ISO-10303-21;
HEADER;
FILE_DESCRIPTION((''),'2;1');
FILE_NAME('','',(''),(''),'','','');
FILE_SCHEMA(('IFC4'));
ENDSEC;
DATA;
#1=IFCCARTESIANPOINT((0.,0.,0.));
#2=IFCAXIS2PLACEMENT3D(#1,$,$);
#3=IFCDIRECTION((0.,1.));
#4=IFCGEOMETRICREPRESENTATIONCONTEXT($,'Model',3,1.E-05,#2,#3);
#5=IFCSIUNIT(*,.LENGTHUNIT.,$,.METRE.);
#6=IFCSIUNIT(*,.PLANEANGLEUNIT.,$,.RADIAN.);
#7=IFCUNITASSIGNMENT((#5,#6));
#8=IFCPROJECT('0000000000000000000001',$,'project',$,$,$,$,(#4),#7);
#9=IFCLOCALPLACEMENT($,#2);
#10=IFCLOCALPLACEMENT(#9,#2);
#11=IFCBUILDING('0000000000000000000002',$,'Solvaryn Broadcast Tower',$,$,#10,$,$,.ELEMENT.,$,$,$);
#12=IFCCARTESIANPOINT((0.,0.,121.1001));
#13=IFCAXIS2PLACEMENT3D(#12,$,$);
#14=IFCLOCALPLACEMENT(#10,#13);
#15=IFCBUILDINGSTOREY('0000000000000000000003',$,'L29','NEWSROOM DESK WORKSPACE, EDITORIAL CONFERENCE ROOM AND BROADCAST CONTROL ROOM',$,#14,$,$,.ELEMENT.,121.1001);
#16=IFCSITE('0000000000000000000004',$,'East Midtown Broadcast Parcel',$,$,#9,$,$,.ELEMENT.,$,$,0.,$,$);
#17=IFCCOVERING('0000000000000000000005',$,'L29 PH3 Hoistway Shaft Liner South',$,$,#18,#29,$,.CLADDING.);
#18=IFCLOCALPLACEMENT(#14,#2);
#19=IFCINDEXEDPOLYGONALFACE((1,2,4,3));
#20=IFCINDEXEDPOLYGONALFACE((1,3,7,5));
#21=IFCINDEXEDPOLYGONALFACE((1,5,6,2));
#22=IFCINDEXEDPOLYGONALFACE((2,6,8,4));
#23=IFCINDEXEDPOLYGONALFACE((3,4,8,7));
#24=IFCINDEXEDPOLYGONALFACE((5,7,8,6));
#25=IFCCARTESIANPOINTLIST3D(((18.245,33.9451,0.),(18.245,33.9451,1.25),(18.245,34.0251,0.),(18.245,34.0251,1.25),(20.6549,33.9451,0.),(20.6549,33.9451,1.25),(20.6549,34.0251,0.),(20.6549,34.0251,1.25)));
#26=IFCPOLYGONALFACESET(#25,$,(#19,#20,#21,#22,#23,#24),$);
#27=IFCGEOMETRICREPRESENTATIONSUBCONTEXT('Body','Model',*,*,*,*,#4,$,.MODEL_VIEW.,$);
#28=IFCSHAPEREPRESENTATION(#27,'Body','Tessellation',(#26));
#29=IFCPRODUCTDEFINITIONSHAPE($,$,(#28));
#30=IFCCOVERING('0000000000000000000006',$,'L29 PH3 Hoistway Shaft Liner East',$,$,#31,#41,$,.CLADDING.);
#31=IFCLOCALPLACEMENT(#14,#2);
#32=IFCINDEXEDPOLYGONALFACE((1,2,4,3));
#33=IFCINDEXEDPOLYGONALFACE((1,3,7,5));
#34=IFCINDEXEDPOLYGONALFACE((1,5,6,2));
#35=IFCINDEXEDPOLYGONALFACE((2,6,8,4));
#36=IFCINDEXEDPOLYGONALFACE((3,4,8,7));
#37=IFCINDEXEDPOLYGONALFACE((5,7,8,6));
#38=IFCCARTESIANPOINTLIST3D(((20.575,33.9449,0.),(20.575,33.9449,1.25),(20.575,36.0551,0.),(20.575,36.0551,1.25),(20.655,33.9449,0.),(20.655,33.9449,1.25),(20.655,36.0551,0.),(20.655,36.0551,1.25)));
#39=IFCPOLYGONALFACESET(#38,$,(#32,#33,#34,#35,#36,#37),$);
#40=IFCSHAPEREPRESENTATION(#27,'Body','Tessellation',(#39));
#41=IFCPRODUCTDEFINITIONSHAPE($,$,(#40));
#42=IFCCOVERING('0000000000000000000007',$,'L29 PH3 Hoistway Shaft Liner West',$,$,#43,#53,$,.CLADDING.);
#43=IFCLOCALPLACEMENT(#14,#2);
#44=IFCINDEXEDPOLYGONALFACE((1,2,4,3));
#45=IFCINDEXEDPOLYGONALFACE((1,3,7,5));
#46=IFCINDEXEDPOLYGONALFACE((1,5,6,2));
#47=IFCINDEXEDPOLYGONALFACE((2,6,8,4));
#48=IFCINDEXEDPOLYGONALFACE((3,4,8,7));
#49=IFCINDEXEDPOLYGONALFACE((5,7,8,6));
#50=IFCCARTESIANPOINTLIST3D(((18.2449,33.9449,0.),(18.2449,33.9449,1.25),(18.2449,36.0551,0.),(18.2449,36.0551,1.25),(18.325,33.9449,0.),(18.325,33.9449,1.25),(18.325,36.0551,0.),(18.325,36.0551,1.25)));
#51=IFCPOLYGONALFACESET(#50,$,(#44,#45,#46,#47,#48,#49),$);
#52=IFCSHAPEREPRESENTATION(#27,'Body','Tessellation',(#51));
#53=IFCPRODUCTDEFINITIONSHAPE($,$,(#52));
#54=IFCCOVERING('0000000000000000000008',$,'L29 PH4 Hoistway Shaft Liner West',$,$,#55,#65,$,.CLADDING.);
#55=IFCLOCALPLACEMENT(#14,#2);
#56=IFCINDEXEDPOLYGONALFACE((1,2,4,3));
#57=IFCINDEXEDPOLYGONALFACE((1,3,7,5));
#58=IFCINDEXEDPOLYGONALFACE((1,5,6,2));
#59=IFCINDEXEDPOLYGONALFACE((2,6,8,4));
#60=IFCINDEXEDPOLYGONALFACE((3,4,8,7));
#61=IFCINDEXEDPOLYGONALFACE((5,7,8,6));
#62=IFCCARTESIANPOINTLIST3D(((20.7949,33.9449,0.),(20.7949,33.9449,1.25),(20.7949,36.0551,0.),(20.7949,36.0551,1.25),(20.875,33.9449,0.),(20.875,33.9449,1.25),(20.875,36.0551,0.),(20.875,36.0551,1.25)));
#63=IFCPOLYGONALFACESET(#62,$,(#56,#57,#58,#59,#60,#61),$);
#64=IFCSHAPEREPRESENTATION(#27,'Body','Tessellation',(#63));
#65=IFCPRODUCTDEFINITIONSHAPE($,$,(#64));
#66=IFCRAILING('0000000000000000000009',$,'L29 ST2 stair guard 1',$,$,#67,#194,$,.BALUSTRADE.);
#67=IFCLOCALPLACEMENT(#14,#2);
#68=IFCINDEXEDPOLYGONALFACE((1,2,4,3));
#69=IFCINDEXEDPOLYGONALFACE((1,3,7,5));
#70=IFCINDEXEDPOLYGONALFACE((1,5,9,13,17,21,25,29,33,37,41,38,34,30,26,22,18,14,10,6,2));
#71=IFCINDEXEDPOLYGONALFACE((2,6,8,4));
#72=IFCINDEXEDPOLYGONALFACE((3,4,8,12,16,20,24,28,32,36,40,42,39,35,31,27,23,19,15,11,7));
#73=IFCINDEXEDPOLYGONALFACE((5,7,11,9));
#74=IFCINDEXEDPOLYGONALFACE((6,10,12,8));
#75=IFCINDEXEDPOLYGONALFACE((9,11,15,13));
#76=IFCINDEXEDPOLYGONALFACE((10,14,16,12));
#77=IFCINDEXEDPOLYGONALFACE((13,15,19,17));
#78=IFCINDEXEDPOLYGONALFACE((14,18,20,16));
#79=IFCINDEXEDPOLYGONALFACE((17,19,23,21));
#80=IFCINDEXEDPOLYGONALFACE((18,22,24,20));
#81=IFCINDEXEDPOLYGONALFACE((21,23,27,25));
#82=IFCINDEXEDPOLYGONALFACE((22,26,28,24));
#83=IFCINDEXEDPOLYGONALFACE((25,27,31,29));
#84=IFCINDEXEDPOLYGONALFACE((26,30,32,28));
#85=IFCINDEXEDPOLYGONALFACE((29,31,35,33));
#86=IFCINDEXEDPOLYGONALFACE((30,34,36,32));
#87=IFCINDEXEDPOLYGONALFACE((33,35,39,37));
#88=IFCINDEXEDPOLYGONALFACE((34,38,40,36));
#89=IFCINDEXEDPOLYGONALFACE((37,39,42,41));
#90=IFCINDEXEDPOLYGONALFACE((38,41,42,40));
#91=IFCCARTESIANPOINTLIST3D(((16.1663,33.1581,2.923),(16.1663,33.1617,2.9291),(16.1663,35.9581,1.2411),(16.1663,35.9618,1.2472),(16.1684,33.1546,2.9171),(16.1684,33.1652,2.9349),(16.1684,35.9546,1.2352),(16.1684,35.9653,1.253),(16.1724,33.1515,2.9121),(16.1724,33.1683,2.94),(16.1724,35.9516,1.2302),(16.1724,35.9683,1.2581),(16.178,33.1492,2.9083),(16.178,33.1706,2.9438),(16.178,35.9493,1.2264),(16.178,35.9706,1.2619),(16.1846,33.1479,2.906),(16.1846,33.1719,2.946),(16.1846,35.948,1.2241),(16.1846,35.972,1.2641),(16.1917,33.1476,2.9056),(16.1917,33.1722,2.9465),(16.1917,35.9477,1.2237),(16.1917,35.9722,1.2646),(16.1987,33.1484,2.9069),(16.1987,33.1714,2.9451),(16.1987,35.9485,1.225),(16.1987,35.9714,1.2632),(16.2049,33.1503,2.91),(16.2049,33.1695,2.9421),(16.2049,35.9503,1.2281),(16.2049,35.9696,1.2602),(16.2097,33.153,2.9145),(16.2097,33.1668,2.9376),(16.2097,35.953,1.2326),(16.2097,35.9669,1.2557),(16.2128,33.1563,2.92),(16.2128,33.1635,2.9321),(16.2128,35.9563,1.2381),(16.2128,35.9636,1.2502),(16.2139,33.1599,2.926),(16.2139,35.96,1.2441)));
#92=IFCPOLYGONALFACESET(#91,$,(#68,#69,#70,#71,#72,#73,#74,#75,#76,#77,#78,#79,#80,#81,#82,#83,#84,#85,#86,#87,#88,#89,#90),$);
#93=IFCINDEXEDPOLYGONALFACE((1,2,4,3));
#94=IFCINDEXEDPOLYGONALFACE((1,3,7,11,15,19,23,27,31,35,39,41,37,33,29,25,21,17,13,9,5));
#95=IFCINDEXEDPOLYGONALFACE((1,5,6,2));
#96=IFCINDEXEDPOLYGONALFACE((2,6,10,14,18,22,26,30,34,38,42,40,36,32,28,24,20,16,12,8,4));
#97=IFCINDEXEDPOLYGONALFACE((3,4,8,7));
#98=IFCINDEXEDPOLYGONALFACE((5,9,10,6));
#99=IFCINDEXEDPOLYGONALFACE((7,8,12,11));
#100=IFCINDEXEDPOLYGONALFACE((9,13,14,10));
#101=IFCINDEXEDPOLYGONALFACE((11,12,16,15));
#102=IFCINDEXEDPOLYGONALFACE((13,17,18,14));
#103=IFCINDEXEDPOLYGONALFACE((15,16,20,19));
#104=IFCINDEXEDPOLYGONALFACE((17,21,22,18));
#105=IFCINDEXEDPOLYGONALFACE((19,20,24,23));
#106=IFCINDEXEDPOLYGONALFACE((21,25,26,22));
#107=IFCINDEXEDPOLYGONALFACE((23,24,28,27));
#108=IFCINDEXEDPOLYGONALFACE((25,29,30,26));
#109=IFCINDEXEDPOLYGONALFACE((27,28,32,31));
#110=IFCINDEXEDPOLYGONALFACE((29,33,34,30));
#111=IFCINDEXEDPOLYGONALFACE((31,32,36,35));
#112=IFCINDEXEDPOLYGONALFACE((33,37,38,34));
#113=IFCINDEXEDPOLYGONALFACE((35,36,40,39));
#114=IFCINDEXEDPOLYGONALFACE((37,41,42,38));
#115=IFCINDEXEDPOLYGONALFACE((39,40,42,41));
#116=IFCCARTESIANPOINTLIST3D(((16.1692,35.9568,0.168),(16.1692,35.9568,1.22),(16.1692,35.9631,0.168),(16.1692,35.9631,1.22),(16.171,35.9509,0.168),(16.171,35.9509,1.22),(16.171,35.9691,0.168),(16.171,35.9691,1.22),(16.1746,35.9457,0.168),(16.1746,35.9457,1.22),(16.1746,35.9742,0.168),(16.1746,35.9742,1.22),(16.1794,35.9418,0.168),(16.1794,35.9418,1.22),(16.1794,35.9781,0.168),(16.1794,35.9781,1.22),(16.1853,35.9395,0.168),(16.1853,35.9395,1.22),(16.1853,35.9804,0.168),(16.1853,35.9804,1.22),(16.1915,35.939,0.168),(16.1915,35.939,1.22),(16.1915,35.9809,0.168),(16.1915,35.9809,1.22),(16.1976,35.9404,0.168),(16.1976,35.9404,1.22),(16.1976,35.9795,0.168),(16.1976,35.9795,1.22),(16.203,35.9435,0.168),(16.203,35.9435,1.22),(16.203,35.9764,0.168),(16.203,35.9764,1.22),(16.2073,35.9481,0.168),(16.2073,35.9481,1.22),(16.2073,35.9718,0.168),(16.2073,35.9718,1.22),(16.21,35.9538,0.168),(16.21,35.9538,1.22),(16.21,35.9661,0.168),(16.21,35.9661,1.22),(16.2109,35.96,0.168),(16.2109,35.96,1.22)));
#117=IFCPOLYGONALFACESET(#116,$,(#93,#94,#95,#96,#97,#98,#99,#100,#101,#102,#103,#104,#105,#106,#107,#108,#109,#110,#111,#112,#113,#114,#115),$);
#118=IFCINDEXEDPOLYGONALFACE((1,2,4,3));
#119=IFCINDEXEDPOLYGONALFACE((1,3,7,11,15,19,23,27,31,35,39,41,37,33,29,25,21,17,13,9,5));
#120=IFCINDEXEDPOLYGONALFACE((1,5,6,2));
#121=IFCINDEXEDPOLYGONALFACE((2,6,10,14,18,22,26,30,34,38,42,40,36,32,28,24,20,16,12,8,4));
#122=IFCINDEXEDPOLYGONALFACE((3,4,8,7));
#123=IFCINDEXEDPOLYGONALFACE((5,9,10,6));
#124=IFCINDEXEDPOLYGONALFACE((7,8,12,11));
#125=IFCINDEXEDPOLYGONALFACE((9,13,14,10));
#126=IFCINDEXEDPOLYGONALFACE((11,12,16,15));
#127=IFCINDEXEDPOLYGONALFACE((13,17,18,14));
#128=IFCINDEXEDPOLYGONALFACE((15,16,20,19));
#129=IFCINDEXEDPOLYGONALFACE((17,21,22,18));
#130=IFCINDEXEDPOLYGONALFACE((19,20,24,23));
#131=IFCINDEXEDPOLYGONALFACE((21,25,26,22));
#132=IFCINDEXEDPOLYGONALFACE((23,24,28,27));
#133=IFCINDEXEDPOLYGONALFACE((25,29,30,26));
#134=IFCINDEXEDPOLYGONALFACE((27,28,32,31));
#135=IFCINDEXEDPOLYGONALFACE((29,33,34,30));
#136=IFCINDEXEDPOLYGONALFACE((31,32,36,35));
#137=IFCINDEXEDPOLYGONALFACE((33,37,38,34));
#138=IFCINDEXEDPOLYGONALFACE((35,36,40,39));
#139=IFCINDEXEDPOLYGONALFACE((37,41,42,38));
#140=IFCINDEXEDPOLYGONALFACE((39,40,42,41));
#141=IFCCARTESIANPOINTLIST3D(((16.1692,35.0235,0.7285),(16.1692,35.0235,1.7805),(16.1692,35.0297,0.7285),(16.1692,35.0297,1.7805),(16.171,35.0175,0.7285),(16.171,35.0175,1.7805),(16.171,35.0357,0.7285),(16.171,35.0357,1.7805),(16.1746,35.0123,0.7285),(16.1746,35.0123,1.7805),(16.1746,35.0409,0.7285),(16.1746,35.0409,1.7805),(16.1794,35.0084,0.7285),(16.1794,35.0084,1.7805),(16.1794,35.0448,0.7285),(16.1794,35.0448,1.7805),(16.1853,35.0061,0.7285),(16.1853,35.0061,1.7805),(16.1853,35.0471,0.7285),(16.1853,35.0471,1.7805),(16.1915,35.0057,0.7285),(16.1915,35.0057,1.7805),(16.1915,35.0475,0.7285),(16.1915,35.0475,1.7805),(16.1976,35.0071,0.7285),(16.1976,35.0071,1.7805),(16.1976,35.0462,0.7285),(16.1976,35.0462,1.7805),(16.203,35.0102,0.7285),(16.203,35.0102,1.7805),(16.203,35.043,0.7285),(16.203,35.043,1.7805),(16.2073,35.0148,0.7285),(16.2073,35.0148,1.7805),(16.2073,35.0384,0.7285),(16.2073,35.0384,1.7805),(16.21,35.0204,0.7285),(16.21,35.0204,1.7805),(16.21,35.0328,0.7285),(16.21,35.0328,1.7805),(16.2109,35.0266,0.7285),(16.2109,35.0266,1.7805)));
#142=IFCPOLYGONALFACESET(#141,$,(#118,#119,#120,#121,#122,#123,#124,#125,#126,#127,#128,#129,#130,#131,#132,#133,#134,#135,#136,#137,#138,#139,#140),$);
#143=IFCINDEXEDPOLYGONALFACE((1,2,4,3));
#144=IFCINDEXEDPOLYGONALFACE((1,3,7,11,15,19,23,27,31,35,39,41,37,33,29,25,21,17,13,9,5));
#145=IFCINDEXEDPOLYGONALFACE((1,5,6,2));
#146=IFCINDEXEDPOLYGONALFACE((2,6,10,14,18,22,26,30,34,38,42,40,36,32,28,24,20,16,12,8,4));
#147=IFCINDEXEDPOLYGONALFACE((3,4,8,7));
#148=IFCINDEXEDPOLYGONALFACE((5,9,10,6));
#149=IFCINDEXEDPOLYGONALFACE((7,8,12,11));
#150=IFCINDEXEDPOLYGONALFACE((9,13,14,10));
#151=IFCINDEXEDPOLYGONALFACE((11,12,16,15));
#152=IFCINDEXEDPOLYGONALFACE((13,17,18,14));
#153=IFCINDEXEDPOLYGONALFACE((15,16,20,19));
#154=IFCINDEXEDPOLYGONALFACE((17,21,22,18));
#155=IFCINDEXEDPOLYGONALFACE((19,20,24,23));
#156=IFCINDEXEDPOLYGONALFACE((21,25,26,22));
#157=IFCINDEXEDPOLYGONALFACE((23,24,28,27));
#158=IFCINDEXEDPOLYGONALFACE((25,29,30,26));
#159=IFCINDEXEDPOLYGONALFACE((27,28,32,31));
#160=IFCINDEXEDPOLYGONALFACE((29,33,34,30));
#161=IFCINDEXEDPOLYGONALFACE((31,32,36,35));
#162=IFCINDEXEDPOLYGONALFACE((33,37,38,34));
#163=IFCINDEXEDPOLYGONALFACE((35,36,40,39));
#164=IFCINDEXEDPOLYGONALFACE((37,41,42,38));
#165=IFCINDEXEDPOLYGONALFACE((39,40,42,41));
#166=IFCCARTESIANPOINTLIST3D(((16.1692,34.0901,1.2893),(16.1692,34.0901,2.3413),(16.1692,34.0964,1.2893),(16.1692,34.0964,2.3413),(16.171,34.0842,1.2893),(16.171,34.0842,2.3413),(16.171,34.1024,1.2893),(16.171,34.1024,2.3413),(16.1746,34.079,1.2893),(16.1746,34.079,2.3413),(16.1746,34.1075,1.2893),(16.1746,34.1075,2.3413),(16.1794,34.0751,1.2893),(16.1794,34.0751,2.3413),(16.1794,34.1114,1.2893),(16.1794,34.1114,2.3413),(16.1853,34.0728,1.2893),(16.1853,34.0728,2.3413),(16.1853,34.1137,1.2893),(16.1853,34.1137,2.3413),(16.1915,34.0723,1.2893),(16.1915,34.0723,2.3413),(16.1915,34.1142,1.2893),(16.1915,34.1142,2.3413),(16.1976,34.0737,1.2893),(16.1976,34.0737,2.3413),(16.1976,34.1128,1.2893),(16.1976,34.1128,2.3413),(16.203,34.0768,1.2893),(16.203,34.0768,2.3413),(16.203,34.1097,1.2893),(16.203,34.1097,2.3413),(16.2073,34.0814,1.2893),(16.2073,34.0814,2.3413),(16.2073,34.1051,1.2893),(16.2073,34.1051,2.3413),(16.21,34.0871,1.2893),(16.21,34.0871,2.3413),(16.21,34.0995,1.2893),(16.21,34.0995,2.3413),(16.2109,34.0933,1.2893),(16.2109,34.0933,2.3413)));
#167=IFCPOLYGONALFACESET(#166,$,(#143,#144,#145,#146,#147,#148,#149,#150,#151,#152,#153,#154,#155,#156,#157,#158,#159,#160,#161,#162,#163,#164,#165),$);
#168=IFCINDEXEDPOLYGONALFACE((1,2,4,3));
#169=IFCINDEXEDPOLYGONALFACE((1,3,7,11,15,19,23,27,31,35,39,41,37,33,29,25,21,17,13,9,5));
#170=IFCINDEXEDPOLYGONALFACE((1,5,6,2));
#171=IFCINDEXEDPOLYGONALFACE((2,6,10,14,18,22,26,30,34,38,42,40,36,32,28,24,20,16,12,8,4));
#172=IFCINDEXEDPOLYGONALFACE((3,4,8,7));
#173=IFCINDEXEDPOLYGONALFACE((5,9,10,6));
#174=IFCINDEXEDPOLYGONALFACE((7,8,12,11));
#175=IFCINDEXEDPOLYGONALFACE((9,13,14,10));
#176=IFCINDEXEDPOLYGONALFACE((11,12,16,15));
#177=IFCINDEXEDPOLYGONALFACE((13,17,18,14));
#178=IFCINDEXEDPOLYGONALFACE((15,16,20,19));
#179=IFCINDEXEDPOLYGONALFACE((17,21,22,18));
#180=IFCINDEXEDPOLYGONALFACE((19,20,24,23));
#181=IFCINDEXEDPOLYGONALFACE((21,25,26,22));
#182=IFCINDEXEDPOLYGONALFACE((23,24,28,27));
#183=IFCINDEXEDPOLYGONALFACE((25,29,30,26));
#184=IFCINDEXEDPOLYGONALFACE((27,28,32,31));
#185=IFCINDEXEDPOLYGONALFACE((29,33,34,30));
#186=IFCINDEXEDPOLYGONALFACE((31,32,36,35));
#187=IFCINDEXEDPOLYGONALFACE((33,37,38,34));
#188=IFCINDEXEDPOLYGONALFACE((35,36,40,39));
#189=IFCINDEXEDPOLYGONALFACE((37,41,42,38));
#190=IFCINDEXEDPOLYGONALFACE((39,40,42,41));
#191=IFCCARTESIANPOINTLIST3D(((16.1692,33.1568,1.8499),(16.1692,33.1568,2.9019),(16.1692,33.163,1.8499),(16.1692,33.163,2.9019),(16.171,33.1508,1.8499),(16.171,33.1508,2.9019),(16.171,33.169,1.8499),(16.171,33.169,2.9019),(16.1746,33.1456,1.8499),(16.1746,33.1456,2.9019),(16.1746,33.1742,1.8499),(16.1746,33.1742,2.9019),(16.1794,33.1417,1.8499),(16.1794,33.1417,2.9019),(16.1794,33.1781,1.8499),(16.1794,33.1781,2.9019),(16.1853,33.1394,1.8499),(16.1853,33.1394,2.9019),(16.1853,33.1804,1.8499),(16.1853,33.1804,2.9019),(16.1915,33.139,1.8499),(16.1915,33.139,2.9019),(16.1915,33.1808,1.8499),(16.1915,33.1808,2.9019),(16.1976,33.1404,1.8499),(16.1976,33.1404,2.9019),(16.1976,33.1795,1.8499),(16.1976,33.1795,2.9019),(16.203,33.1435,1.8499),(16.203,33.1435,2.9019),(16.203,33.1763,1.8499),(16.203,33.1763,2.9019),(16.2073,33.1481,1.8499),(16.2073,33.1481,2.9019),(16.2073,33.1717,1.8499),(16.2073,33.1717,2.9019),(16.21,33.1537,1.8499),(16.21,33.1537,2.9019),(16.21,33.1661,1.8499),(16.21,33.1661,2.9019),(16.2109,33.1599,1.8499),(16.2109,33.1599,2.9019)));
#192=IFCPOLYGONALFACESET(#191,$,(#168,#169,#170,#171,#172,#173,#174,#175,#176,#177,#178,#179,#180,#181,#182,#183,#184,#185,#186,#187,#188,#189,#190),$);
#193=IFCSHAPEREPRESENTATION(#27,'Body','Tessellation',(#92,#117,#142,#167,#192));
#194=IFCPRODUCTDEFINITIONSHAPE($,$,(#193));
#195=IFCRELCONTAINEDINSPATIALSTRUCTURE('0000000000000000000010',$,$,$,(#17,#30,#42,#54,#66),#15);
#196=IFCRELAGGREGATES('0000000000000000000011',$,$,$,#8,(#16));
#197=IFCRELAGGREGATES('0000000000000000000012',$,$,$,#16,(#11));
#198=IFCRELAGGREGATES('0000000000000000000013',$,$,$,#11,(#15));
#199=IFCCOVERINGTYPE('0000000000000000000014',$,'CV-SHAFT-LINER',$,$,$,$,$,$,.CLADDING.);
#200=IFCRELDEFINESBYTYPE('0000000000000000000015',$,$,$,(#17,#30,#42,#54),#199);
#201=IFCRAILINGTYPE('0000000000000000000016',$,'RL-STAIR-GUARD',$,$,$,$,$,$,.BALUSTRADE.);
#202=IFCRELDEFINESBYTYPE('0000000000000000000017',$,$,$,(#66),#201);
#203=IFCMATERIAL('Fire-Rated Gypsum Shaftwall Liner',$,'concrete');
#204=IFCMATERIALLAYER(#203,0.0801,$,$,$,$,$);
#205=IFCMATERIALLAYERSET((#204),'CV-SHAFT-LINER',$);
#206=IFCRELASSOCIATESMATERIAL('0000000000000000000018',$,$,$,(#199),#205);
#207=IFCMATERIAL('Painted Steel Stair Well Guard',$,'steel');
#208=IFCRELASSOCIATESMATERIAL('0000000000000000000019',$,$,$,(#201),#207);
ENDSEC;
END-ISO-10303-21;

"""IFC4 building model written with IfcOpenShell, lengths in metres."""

from ifc_helpers import new_model, si_unit, direction, frame, origin, origin_2d, place, context, subcontext, project, spatial, rectangle, circle, extrude, material, layer, layer_set, type_object, element, save


model = new_model("IFC4")

# Units and contexts
model_context = context("Model", 3, precision=1e-05, world=origin(), true_north=direction((0.0, 1.0)))
body_context = subcontext(model_context, "Body", "Model", "MODEL_VIEW")
ifc_project = project(units=[si_unit("LENGTHUNIT", "METRE"), si_unit("PLANEANGLEUNIT", "RADIAN")], contexts=[model_context])

# Site, building, storey
site_placement = place(None, origin())
site = spatial("IfcSite", under=ifc_project, at=site_placement, Name="East Midtown Broadcast Parcel", CompositionType="ELEMENT", RefElevation=0.0)
building_placement = place(site_placement, origin())
building = spatial("IfcBuilding", under=site, at=building_placement, Name="Solvaryn Broadcast Tower", CompositionType="ELEMENT")
storey_placement = place(building_placement, frame((0.0, 0.0, 121.1001)))
storey = spatial("IfcBuildingStorey", under=building, at=storey_placement, Name="L29", Description="NEWSROOM DESK WORKSPACE, EDITORIAL CONFERENCE ROOM AND BROADCAST CONTROL ROOM", CompositionType="ELEMENT", Elevation=121.1001)

# Coverings
ifc_material_1 = material(Name="Fire-Rated Gypsum Shaftwall Liner", Category="concrete")
ifc_layer_1 = layer(ifc_material_1, 0.0801)
ifc_layer_set_1 = layer_set([ifc_layer_1], Name="CV-SHAFT-LINER")
covering_type = type_object("IfcCoveringType", Name="CV-SHAFT-LINER", PredefinedType="CLADDING", material=ifc_layer_set_1)
for number, where, z_axis, x_axis, name in (
    (1, (19.45, 33.9851, 0.0), (0.0, 0.0, 1.0), (1.0, 0.0, 0.0), "L29 PH3 Hoistway Shaft Liner South"),
):
    element("IfcCovering", number, at=place(storey_placement, frame(where, z_axis=z_axis, x_axis=x_axis)), inside=storey, type_object=covering_type, Name=name, PredefinedType="CLADDING", context=body_context, shape_type="SweptSolid", body=[
        extrude(rectangle(XDim=2.4099, YDim=0.0801, at=origin_2d()), origin(), (0.0, 0.0, 1.0), 1.25),
    ])
for number, where, z_axis, x_axis, name in (
    (2, (20.615, 35.0, 0.0), (0.0, 0.0, 1.0), (1.0, 0.0, 0.0), "L29 PH3 Hoistway Shaft Liner East"),
    (3, (18.2849, 35.0, 0.0), (0.0, 0.0, 1.0), (1.0, 0.0, 0.0), "L29 PH3 Hoistway Shaft Liner West"),
    (4, (20.835, 35.0, 0.0), (0.0, 0.0, 1.0), (1.0, 0.0, 0.0), "L29 PH4 Hoistway Shaft Liner West"),
):
    element("IfcCovering", number, at=place(storey_placement, frame(where, z_axis=z_axis, x_axis=x_axis)), inside=storey, type_object=covering_type, Name=name, PredefinedType="CLADDING", context=body_context, shape_type="SweptSolid", body=[
        extrude(rectangle(XDim=0.0801, YDim=2.1101, at=origin_2d()), origin(), (0.0, 0.0, 1.0), 1.25),
    ])

# Railing
ifc_material_2 = material(Name="Painted Steel Stair Well Guard", Category="steel")
railing_type_1 = type_object("IfcRailingType", Name="RL-STAIR-GUARD", PredefinedType="BALUSTRADE", material=ifc_material_2)
railing_1_placement = place(storey_placement, frame((16.1899, 35.96, 0.168)))
element("IfcRailing", 5, at=railing_1_placement, inside=storey, type_object=railing_type_1, Name="L29 ST2 stair guard 1", PredefinedType="BALUSTRADE", context=body_context, shape_type="SweptSolid", body=[
    extrude(circle(Radius=0.0239, at=origin_2d()), frame((0.0, 0.0, 1.0762), z_axis=(0.0, -0.857242, 0.514913), x_axis=(1.0, 0.0, 0.0)), (0.0, 0.0, 1.0), 3.2664),
    extrude(circle(Radius=0.021, at=origin_2d()), origin(), (0.0, 0.0, 1.0), 1.052),
    extrude(circle(Radius=0.021, at=origin_2d()), frame((0.0, -0.9333, 0.5605)), (0.0, 0.0, 1.0), 1.052),
    extrude(circle(Radius=0.021, at=origin_2d()), frame((0.0, -1.8667, 1.1213)), (0.0, 0.0, 1.0), 1.052),
    extrude(circle(Radius=0.021, at=origin_2d()), frame((0.0, -2.8, 1.6819)), (0.0, 0.0, 1.0), 1.052),
])

save(model, "model.ifc")
